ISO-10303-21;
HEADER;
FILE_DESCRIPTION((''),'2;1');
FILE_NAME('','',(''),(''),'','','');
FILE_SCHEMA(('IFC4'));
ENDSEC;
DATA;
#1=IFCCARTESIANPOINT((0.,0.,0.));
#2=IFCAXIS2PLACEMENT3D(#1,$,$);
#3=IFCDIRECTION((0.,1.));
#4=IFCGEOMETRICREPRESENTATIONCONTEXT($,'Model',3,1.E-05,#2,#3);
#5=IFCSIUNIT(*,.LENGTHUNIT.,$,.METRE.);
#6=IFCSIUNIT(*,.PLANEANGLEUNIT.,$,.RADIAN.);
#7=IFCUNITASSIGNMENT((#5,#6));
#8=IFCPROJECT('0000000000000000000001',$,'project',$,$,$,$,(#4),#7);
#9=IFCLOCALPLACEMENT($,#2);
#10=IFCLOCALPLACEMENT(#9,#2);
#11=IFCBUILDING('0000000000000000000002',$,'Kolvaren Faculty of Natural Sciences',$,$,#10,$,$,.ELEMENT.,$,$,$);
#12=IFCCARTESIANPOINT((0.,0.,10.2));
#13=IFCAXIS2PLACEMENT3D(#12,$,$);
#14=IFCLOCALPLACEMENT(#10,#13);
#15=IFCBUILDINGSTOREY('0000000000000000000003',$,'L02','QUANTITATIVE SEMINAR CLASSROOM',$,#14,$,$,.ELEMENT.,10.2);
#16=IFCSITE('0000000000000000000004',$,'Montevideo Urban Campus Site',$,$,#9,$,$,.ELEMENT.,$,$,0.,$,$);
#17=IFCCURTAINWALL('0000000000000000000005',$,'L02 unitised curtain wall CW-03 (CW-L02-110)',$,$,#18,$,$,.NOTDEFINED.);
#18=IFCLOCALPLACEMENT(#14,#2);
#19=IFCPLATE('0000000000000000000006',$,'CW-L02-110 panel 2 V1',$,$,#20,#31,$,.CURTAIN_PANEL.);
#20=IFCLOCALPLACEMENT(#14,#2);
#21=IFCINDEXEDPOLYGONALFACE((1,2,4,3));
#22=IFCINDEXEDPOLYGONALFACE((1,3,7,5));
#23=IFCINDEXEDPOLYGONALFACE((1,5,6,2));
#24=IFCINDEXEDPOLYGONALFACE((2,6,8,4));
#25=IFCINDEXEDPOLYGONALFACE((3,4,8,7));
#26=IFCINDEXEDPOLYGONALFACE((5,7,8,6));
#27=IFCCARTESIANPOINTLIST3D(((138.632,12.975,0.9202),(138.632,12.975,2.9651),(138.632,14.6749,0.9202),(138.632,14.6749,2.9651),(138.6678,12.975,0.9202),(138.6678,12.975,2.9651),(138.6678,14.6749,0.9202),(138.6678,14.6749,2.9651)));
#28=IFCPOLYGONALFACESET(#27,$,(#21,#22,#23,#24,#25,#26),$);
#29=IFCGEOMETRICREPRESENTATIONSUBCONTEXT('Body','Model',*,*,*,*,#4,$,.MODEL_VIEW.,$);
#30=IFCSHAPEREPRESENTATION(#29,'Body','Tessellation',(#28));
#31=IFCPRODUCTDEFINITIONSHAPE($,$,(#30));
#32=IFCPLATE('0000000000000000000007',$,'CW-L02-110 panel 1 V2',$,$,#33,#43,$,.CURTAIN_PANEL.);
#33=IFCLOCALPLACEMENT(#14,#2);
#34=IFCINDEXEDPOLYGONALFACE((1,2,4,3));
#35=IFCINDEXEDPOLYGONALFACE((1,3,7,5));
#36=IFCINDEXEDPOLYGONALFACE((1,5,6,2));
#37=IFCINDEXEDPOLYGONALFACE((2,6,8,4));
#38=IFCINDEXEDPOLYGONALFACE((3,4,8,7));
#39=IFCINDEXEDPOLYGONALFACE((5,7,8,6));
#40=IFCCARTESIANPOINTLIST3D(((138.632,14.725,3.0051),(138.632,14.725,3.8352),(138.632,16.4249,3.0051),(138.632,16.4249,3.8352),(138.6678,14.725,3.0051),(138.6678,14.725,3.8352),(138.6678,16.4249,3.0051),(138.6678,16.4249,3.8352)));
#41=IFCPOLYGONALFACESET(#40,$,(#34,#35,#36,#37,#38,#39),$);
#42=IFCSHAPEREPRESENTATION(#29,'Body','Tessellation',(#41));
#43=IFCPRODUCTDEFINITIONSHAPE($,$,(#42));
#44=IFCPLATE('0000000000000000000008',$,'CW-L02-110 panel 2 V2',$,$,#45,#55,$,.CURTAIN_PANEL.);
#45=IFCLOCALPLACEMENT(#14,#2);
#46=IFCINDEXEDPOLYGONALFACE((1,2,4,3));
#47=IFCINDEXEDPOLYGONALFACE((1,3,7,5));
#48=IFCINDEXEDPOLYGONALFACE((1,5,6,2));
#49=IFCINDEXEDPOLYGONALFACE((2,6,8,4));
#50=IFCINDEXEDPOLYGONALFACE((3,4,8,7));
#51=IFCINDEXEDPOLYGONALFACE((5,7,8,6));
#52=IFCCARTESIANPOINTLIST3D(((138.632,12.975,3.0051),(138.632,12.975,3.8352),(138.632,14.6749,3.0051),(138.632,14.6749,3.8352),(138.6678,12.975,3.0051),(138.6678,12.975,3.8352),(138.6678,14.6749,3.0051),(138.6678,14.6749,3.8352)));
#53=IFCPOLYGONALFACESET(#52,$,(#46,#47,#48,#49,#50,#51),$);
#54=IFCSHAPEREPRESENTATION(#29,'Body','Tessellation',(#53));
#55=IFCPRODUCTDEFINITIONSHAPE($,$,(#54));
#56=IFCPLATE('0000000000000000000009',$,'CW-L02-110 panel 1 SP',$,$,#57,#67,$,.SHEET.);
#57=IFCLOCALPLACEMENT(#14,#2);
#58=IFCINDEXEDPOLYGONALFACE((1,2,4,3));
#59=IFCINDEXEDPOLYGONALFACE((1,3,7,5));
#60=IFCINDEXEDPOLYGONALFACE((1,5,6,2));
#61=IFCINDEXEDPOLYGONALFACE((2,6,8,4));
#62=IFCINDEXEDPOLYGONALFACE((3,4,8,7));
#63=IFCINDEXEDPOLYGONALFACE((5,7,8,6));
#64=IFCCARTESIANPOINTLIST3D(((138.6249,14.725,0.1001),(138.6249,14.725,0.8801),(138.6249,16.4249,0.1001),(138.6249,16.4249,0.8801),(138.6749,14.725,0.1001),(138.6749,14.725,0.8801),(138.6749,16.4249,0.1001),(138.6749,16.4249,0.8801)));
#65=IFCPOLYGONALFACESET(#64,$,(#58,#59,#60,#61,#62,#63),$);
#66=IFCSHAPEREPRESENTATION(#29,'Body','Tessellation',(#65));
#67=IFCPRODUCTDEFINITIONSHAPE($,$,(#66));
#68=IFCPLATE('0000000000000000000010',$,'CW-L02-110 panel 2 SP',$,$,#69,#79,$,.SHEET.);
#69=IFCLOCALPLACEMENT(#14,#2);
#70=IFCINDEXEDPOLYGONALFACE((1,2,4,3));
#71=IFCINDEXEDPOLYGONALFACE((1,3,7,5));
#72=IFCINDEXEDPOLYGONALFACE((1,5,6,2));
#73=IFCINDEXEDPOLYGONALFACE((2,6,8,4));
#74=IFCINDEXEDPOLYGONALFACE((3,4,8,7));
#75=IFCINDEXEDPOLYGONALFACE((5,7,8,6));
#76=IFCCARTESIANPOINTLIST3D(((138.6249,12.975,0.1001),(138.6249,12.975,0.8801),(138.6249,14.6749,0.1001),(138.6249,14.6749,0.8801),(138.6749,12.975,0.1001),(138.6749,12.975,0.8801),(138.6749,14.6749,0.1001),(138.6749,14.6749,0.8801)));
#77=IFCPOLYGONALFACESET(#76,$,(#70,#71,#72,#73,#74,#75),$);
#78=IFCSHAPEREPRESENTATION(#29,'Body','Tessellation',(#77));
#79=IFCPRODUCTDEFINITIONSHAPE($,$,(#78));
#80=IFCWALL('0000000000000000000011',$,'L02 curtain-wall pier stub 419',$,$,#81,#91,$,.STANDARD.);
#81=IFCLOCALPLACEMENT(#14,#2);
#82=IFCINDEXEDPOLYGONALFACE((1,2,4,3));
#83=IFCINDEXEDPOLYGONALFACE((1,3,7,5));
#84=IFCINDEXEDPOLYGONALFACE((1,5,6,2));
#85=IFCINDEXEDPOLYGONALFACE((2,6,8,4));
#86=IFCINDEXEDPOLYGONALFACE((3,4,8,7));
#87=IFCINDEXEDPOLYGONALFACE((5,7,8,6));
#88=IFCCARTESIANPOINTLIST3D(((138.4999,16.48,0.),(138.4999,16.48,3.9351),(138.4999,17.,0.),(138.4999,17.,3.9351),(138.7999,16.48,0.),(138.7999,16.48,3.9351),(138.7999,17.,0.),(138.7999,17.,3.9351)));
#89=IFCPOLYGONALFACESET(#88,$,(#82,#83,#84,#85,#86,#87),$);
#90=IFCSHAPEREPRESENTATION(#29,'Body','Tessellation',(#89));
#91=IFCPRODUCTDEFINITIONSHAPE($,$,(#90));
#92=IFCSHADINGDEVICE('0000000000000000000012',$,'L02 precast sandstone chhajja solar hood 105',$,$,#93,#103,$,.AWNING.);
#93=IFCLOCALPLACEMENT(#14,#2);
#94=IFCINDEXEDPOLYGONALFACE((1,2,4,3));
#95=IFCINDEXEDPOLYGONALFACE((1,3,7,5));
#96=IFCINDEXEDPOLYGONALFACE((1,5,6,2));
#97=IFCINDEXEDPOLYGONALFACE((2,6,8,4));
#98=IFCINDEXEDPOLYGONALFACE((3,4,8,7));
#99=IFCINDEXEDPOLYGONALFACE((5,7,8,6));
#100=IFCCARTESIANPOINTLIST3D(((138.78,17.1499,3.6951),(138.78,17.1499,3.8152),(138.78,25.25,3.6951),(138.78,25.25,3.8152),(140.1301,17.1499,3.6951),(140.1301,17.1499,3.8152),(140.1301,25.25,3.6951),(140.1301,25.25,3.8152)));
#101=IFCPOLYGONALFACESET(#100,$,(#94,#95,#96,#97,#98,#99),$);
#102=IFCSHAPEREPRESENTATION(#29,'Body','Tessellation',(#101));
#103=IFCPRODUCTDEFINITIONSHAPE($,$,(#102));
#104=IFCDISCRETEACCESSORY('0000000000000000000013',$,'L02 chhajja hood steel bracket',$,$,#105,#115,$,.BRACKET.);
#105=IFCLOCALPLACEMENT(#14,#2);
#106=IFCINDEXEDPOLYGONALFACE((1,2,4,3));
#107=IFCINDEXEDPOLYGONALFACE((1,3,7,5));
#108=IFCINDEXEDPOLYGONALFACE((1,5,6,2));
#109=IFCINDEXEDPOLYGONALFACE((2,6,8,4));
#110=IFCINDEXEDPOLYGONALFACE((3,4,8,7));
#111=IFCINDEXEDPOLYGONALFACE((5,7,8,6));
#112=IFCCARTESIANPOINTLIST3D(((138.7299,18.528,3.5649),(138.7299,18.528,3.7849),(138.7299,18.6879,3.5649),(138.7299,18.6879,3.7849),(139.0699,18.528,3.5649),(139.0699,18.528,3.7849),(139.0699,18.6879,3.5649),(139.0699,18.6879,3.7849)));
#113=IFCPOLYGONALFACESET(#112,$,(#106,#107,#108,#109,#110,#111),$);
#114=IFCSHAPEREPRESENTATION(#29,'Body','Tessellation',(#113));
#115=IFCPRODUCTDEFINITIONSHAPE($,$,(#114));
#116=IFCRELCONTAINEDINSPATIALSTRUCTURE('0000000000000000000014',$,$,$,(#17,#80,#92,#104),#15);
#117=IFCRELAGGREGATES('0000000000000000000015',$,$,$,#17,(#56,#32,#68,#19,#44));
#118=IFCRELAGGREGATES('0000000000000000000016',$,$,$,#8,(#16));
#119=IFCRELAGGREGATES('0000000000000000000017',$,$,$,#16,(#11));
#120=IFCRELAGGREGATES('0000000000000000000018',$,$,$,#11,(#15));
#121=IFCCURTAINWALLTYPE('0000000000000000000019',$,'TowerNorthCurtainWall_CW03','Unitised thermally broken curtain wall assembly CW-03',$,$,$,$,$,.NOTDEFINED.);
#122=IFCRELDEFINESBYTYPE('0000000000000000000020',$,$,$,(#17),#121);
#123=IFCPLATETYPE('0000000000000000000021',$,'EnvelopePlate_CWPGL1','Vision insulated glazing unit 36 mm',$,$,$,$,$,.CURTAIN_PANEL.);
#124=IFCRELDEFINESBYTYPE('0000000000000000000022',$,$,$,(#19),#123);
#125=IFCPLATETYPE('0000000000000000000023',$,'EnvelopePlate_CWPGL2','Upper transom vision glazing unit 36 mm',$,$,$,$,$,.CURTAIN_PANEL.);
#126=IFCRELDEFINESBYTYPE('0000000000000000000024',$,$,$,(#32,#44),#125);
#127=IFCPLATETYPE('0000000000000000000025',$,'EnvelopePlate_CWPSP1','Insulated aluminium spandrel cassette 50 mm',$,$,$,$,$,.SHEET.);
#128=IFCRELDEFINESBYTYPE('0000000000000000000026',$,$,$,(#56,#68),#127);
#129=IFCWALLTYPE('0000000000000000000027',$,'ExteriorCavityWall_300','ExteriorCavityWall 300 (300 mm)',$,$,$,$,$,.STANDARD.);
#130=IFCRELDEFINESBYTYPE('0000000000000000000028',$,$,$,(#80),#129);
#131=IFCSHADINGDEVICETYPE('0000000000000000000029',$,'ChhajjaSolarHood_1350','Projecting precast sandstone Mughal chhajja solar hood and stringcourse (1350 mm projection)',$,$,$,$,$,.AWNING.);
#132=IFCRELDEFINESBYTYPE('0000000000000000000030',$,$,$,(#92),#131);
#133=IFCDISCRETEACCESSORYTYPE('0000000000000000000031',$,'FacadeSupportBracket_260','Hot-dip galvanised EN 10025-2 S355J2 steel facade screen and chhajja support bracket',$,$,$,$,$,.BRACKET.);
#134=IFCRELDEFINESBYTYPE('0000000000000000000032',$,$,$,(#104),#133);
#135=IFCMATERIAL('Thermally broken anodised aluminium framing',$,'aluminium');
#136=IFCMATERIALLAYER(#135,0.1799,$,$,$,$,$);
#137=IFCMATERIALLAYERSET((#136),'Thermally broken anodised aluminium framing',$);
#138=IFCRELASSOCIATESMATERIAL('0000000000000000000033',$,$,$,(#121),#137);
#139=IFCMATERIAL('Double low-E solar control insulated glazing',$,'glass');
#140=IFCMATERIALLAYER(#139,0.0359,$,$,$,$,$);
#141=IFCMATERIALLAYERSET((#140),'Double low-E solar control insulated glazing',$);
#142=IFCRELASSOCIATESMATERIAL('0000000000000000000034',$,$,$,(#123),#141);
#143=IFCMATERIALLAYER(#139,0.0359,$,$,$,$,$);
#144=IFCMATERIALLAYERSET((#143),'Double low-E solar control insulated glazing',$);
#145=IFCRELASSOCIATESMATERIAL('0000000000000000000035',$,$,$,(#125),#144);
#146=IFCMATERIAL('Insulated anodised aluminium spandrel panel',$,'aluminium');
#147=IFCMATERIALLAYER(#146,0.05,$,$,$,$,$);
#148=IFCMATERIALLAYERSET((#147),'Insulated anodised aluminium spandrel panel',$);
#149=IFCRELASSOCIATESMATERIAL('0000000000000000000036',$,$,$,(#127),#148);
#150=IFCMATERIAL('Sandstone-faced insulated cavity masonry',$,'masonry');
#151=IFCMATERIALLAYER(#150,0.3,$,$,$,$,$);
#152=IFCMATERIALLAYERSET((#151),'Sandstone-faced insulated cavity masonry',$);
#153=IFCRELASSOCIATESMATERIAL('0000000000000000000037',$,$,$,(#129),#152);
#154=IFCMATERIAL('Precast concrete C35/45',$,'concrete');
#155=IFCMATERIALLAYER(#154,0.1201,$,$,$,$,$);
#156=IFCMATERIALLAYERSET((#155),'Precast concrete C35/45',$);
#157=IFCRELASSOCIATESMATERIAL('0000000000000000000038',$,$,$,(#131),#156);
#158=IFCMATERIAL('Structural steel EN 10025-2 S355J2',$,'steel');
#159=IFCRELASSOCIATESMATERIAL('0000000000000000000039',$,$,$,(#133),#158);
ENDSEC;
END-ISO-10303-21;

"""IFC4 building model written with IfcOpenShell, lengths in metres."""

from ifc_helpers import new_model, si_unit, direction, frame, frame_2d, origin, origin_2d, place, context, subcontext, project, spatial, rectangle, extrude, material, layer, layer_set, type_object, element, aggregate, save


model = new_model("IFC4")

# Units and contexts
model_context = context("Model", 3, precision=1e-05, world=origin(), true_north=direction((0.0, 1.0)))
body_context = subcontext(model_context, "Body", "Model", "MODEL_VIEW")
ifc_project = project(units=[si_unit("LENGTHUNIT", "METRE"), si_unit("PLANEANGLEUNIT", "RADIAN")], contexts=[model_context])

# Site, building, storey
site_placement = place(None, origin())
site = spatial("IfcSite", under=ifc_project, at=site_placement, Name="Montevideo Urban Campus Site", CompositionType="ELEMENT", RefElevation=0.0)
building_placement = place(site_placement, origin())
building = spatial("IfcBuilding", under=site, at=building_placement, Name="Kolvaren Faculty of Natural Sciences", CompositionType="ELEMENT")
storey_placement = place(building_placement, frame((0.0, 0.0, 10.2)))
storey = spatial("IfcBuildingStorey", under=building, at=storey_placement, Name="L02", Description="QUANTITATIVE SEMINAR CLASSROOM", CompositionType="ELEMENT", Elevation=10.2)

# Curtain wall
ifc_material_1 = material(Name="Thermally broken anodised aluminium framing", Category="aluminium")
ifc_layer_1 = layer(ifc_material_1, 0.1799)
ifc_layer_set_1 = layer_set([ifc_layer_1], Name="Thermally broken anodised aluminium framing")
curtain_wall_type = type_object("IfcCurtainWallType", Name="TowerNorthCurtainWall_CW03", Description="Unitised thermally broken curtain wall assembly CW-03", PredefinedType="NOTDEFINED", material=ifc_layer_set_1)
curtain_wall_placement = place(storey_placement, origin())
curtain_wall = element("IfcCurtainWall", 1, at=curtain_wall_placement, inside=storey, type_object=curtain_wall_type, Name="L02 unitised curtain wall CW-03 (CW-L02-110)", PredefinedType="NOTDEFINED")

# Plates
ifc_material_2 = material(Name="Double low-E solar control insulated glazing", Category="glass")
ifc_layer_2 = layer(ifc_material_2, 0.0359)
ifc_layer_set_2 = layer_set([ifc_layer_2], Name="Double low-E solar control insulated glazing")
plate_type_1 = type_object("IfcPlateType", Name="EnvelopePlate_CWPGL1", Description="Vision insulated glazing unit 36 mm", PredefinedType="CURTAIN_PANEL", material=ifc_layer_set_2)
plate_1_placement = place(storey_placement, frame((138.6499, 13.825, 0.9202), z_axis=(0.0, 0.0, 1.0), x_axis=(0.0, -1.0, 0.0)))
plate_1 = element("IfcPlate", 2, at=plate_1_placement, type_object=plate_type_1, Name="CW-L02-110 panel 2 V1", PredefinedType="CURTAIN_PANEL", context=body_context, shape_type="SweptSolid", body=[
    extrude(rectangle(XDim=1.7, YDim=0.0359, at=origin_2d()), origin(), (0.0, 0.0, 1.0), 2.0449),
])
ifc_layer_3 = layer(ifc_material_2, 0.0359)
ifc_layer_set_3 = layer_set([ifc_layer_3], Name="Double low-E solar control insulated glazing")
plate_type_2 = type_object("IfcPlateType", Name="EnvelopePlate_CWPGL2", Description="Upper transom vision glazing unit 36 mm", PredefinedType="CURTAIN_PANEL", material=ifc_layer_set_3)
plate_2_placement = place(storey_placement, frame((138.6499, 15.575, 3.0051), z_axis=(0.0, 0.0, 1.0), x_axis=(0.0, -1.0, 0.0)))
plate_2 = element("IfcPlate", 3, at=plate_2_placement, type_object=plate_type_2, Name="CW-L02-110 panel 1 V2", PredefinedType="CURTAIN_PANEL", context=body_context, shape_type="SweptSolid", body=[
    extrude(rectangle(XDim=1.7, YDim=0.0359, at=origin_2d()), origin(), (0.0, 0.0, 1.0), 0.8301),
])
plate_3_placement = place(storey_placement, frame((138.6499, 13.825, 3.0051), z_axis=(0.0, 0.0, 1.0), x_axis=(0.0, -1.0, 0.0)))
plate_3 = element("IfcPlate", 4, at=plate_3_placement, type_object=plate_type_2, Name="CW-L02-110 panel 2 V2", PredefinedType="CURTAIN_PANEL", context=body_context, shape_type="SweptSolid", body=[
    extrude(rectangle(XDim=1.7, YDim=0.0359, at=origin_2d()), origin(), (0.0, 0.0, 1.0), 0.8301),
])
ifc_material_3 = material(Name="Insulated anodised aluminium spandrel panel", Category="aluminium")
ifc_layer_4 = layer(ifc_material_3, 0.05)
ifc_layer_set_4 = layer_set([ifc_layer_4], Name="Insulated anodised aluminium spandrel panel")
plate_type_3 = type_object("IfcPlateType", Name="EnvelopePlate_CWPSP1", Description="Insulated aluminium spandrel cassette 50 mm", PredefinedType="SHEET", material=ifc_layer_set_4)
plate_4_placement = place(storey_placement, frame((138.6499, 15.575, 0.1001), z_axis=(0.0, 0.0, 1.0), x_axis=(0.0, -1.0, 0.0)))
plate_4 = element("IfcPlate", 5, at=plate_4_placement, type_object=plate_type_3, Name="CW-L02-110 panel 1 SP", PredefinedType="SHEET", context=body_context, shape_type="SweptSolid", body=[
    extrude(rectangle(XDim=1.7, YDim=0.05, at=origin_2d()), origin(), (0.0, 0.0, 1.0), 0.78),
])
plate_5_placement = place(storey_placement, frame((138.6499, 13.825, 0.1001), z_axis=(0.0, 0.0, 1.0), x_axis=(0.0, -1.0, 0.0)))
plate_5 = element("IfcPlate", 6, at=plate_5_placement, type_object=plate_type_3, Name="CW-L02-110 panel 2 SP", PredefinedType="SHEET", context=body_context, shape_type="SweptSolid", body=[
    extrude(rectangle(XDim=1.7, YDim=0.05, at=origin_2d()), origin(), (0.0, 0.0, 1.0), 0.78),
])
aggregate(curtain_wall, [plate_4, plate_2, plate_5, plate_1, plate_3])

# Wall
ifc_material_4 = material(Name="Sandstone-faced insulated cavity masonry", Category="masonry")
ifc_layer_5 = layer(ifc_material_4, 0.3)
ifc_layer_set_5 = layer_set([ifc_layer_5], Name="Sandstone-faced insulated cavity masonry")
wall_type = type_object("IfcWallType", Name="ExteriorCavityWall_300", Description="ExteriorCavityWall 300 (300 mm)", PredefinedType="STANDARD", material=ifc_layer_set_5)
wall_placement = place(storey_placement, frame((138.6499, 17.0, 0.0), z_axis=(0.0, 0.0, 1.0), x_axis=(0.0, -1.0, 0.0)))
element("IfcWall", 7, at=wall_placement, inside=storey, type_object=wall_type, Name="L02 curtain-wall pier stub 419", PredefinedType="STANDARD", context=body_context, shape_type="SweptSolid", body=[
    extrude(rectangle(XDim=0.52, YDim=0.3, at=frame_2d((0.26, 0.0))), origin(), (0.0, 0.0, 1.0), 3.9351),
])

# Shading device
ifc_material_5 = material(Name="Precast concrete C35/45", Category="concrete")
ifc_layer_6 = layer(ifc_material_5, 0.1201)
ifc_layer_set_6 = layer_set([ifc_layer_6], Name="Precast concrete C35/45")
shading_device_type = type_object("IfcShadingDeviceType", Name="ChhajjaSolarHood_1350", Description="Projecting precast sandstone Mughal chhajja solar hood and stringcourse (1350 mm projection)", PredefinedType="AWNING", material=ifc_layer_set_6)
shading_device_placement = place(storey_placement, frame((139.4551, 21.2, 3.6951), z_axis=(0.0, 0.0, 1.0), x_axis=(0.0, -1.0, 0.0)))
element("IfcShadingDevice", 8, at=shading_device_placement, inside=storey, type_object=shading_device_type, Name="L02 precast sandstone chhajja solar hood 105", PredefinedType="AWNING", context=body_context, shape_type="SweptSolid", body=[
    extrude(rectangle(XDim=8.1001, YDim=1.3501, at=origin_2d()), origin(), (0.0, 0.0, 1.0), 0.1201),
])

# Discrete accessory
ifc_material_6 = material(Name="Structural steel EN 10025-2 S355J2", Category="steel")
discrete_accessory_type = type_object("IfcDiscreteAccessoryType", Name="FacadeSupportBracket_260", Description="Hot-dip galvanised EN 10025-2 S355J2 steel facade screen and chhajja support bracket", PredefinedType="BRACKET", material=ifc_material_6)
discrete_accessory_placement = place(storey_placement, frame((138.8999, 18.6079, 3.5649), z_axis=(0.0, 0.0, 1.0), x_axis=(0.0, -1.0, 0.0)))
element("IfcDiscreteAccessory", 9, at=discrete_accessory_placement, inside=storey, type_object=discrete_accessory_type, Name="L02 chhajja hood steel bracket", PredefinedType="BRACKET", context=body_context, shape_type="SweptSolid", body=[
    extrude(rectangle(XDim=0.1599, YDim=0.3401, at=origin_2d()), origin(), (0.0, 0.0, 1.0), 0.22),
])

save(model, "model.ifc")
